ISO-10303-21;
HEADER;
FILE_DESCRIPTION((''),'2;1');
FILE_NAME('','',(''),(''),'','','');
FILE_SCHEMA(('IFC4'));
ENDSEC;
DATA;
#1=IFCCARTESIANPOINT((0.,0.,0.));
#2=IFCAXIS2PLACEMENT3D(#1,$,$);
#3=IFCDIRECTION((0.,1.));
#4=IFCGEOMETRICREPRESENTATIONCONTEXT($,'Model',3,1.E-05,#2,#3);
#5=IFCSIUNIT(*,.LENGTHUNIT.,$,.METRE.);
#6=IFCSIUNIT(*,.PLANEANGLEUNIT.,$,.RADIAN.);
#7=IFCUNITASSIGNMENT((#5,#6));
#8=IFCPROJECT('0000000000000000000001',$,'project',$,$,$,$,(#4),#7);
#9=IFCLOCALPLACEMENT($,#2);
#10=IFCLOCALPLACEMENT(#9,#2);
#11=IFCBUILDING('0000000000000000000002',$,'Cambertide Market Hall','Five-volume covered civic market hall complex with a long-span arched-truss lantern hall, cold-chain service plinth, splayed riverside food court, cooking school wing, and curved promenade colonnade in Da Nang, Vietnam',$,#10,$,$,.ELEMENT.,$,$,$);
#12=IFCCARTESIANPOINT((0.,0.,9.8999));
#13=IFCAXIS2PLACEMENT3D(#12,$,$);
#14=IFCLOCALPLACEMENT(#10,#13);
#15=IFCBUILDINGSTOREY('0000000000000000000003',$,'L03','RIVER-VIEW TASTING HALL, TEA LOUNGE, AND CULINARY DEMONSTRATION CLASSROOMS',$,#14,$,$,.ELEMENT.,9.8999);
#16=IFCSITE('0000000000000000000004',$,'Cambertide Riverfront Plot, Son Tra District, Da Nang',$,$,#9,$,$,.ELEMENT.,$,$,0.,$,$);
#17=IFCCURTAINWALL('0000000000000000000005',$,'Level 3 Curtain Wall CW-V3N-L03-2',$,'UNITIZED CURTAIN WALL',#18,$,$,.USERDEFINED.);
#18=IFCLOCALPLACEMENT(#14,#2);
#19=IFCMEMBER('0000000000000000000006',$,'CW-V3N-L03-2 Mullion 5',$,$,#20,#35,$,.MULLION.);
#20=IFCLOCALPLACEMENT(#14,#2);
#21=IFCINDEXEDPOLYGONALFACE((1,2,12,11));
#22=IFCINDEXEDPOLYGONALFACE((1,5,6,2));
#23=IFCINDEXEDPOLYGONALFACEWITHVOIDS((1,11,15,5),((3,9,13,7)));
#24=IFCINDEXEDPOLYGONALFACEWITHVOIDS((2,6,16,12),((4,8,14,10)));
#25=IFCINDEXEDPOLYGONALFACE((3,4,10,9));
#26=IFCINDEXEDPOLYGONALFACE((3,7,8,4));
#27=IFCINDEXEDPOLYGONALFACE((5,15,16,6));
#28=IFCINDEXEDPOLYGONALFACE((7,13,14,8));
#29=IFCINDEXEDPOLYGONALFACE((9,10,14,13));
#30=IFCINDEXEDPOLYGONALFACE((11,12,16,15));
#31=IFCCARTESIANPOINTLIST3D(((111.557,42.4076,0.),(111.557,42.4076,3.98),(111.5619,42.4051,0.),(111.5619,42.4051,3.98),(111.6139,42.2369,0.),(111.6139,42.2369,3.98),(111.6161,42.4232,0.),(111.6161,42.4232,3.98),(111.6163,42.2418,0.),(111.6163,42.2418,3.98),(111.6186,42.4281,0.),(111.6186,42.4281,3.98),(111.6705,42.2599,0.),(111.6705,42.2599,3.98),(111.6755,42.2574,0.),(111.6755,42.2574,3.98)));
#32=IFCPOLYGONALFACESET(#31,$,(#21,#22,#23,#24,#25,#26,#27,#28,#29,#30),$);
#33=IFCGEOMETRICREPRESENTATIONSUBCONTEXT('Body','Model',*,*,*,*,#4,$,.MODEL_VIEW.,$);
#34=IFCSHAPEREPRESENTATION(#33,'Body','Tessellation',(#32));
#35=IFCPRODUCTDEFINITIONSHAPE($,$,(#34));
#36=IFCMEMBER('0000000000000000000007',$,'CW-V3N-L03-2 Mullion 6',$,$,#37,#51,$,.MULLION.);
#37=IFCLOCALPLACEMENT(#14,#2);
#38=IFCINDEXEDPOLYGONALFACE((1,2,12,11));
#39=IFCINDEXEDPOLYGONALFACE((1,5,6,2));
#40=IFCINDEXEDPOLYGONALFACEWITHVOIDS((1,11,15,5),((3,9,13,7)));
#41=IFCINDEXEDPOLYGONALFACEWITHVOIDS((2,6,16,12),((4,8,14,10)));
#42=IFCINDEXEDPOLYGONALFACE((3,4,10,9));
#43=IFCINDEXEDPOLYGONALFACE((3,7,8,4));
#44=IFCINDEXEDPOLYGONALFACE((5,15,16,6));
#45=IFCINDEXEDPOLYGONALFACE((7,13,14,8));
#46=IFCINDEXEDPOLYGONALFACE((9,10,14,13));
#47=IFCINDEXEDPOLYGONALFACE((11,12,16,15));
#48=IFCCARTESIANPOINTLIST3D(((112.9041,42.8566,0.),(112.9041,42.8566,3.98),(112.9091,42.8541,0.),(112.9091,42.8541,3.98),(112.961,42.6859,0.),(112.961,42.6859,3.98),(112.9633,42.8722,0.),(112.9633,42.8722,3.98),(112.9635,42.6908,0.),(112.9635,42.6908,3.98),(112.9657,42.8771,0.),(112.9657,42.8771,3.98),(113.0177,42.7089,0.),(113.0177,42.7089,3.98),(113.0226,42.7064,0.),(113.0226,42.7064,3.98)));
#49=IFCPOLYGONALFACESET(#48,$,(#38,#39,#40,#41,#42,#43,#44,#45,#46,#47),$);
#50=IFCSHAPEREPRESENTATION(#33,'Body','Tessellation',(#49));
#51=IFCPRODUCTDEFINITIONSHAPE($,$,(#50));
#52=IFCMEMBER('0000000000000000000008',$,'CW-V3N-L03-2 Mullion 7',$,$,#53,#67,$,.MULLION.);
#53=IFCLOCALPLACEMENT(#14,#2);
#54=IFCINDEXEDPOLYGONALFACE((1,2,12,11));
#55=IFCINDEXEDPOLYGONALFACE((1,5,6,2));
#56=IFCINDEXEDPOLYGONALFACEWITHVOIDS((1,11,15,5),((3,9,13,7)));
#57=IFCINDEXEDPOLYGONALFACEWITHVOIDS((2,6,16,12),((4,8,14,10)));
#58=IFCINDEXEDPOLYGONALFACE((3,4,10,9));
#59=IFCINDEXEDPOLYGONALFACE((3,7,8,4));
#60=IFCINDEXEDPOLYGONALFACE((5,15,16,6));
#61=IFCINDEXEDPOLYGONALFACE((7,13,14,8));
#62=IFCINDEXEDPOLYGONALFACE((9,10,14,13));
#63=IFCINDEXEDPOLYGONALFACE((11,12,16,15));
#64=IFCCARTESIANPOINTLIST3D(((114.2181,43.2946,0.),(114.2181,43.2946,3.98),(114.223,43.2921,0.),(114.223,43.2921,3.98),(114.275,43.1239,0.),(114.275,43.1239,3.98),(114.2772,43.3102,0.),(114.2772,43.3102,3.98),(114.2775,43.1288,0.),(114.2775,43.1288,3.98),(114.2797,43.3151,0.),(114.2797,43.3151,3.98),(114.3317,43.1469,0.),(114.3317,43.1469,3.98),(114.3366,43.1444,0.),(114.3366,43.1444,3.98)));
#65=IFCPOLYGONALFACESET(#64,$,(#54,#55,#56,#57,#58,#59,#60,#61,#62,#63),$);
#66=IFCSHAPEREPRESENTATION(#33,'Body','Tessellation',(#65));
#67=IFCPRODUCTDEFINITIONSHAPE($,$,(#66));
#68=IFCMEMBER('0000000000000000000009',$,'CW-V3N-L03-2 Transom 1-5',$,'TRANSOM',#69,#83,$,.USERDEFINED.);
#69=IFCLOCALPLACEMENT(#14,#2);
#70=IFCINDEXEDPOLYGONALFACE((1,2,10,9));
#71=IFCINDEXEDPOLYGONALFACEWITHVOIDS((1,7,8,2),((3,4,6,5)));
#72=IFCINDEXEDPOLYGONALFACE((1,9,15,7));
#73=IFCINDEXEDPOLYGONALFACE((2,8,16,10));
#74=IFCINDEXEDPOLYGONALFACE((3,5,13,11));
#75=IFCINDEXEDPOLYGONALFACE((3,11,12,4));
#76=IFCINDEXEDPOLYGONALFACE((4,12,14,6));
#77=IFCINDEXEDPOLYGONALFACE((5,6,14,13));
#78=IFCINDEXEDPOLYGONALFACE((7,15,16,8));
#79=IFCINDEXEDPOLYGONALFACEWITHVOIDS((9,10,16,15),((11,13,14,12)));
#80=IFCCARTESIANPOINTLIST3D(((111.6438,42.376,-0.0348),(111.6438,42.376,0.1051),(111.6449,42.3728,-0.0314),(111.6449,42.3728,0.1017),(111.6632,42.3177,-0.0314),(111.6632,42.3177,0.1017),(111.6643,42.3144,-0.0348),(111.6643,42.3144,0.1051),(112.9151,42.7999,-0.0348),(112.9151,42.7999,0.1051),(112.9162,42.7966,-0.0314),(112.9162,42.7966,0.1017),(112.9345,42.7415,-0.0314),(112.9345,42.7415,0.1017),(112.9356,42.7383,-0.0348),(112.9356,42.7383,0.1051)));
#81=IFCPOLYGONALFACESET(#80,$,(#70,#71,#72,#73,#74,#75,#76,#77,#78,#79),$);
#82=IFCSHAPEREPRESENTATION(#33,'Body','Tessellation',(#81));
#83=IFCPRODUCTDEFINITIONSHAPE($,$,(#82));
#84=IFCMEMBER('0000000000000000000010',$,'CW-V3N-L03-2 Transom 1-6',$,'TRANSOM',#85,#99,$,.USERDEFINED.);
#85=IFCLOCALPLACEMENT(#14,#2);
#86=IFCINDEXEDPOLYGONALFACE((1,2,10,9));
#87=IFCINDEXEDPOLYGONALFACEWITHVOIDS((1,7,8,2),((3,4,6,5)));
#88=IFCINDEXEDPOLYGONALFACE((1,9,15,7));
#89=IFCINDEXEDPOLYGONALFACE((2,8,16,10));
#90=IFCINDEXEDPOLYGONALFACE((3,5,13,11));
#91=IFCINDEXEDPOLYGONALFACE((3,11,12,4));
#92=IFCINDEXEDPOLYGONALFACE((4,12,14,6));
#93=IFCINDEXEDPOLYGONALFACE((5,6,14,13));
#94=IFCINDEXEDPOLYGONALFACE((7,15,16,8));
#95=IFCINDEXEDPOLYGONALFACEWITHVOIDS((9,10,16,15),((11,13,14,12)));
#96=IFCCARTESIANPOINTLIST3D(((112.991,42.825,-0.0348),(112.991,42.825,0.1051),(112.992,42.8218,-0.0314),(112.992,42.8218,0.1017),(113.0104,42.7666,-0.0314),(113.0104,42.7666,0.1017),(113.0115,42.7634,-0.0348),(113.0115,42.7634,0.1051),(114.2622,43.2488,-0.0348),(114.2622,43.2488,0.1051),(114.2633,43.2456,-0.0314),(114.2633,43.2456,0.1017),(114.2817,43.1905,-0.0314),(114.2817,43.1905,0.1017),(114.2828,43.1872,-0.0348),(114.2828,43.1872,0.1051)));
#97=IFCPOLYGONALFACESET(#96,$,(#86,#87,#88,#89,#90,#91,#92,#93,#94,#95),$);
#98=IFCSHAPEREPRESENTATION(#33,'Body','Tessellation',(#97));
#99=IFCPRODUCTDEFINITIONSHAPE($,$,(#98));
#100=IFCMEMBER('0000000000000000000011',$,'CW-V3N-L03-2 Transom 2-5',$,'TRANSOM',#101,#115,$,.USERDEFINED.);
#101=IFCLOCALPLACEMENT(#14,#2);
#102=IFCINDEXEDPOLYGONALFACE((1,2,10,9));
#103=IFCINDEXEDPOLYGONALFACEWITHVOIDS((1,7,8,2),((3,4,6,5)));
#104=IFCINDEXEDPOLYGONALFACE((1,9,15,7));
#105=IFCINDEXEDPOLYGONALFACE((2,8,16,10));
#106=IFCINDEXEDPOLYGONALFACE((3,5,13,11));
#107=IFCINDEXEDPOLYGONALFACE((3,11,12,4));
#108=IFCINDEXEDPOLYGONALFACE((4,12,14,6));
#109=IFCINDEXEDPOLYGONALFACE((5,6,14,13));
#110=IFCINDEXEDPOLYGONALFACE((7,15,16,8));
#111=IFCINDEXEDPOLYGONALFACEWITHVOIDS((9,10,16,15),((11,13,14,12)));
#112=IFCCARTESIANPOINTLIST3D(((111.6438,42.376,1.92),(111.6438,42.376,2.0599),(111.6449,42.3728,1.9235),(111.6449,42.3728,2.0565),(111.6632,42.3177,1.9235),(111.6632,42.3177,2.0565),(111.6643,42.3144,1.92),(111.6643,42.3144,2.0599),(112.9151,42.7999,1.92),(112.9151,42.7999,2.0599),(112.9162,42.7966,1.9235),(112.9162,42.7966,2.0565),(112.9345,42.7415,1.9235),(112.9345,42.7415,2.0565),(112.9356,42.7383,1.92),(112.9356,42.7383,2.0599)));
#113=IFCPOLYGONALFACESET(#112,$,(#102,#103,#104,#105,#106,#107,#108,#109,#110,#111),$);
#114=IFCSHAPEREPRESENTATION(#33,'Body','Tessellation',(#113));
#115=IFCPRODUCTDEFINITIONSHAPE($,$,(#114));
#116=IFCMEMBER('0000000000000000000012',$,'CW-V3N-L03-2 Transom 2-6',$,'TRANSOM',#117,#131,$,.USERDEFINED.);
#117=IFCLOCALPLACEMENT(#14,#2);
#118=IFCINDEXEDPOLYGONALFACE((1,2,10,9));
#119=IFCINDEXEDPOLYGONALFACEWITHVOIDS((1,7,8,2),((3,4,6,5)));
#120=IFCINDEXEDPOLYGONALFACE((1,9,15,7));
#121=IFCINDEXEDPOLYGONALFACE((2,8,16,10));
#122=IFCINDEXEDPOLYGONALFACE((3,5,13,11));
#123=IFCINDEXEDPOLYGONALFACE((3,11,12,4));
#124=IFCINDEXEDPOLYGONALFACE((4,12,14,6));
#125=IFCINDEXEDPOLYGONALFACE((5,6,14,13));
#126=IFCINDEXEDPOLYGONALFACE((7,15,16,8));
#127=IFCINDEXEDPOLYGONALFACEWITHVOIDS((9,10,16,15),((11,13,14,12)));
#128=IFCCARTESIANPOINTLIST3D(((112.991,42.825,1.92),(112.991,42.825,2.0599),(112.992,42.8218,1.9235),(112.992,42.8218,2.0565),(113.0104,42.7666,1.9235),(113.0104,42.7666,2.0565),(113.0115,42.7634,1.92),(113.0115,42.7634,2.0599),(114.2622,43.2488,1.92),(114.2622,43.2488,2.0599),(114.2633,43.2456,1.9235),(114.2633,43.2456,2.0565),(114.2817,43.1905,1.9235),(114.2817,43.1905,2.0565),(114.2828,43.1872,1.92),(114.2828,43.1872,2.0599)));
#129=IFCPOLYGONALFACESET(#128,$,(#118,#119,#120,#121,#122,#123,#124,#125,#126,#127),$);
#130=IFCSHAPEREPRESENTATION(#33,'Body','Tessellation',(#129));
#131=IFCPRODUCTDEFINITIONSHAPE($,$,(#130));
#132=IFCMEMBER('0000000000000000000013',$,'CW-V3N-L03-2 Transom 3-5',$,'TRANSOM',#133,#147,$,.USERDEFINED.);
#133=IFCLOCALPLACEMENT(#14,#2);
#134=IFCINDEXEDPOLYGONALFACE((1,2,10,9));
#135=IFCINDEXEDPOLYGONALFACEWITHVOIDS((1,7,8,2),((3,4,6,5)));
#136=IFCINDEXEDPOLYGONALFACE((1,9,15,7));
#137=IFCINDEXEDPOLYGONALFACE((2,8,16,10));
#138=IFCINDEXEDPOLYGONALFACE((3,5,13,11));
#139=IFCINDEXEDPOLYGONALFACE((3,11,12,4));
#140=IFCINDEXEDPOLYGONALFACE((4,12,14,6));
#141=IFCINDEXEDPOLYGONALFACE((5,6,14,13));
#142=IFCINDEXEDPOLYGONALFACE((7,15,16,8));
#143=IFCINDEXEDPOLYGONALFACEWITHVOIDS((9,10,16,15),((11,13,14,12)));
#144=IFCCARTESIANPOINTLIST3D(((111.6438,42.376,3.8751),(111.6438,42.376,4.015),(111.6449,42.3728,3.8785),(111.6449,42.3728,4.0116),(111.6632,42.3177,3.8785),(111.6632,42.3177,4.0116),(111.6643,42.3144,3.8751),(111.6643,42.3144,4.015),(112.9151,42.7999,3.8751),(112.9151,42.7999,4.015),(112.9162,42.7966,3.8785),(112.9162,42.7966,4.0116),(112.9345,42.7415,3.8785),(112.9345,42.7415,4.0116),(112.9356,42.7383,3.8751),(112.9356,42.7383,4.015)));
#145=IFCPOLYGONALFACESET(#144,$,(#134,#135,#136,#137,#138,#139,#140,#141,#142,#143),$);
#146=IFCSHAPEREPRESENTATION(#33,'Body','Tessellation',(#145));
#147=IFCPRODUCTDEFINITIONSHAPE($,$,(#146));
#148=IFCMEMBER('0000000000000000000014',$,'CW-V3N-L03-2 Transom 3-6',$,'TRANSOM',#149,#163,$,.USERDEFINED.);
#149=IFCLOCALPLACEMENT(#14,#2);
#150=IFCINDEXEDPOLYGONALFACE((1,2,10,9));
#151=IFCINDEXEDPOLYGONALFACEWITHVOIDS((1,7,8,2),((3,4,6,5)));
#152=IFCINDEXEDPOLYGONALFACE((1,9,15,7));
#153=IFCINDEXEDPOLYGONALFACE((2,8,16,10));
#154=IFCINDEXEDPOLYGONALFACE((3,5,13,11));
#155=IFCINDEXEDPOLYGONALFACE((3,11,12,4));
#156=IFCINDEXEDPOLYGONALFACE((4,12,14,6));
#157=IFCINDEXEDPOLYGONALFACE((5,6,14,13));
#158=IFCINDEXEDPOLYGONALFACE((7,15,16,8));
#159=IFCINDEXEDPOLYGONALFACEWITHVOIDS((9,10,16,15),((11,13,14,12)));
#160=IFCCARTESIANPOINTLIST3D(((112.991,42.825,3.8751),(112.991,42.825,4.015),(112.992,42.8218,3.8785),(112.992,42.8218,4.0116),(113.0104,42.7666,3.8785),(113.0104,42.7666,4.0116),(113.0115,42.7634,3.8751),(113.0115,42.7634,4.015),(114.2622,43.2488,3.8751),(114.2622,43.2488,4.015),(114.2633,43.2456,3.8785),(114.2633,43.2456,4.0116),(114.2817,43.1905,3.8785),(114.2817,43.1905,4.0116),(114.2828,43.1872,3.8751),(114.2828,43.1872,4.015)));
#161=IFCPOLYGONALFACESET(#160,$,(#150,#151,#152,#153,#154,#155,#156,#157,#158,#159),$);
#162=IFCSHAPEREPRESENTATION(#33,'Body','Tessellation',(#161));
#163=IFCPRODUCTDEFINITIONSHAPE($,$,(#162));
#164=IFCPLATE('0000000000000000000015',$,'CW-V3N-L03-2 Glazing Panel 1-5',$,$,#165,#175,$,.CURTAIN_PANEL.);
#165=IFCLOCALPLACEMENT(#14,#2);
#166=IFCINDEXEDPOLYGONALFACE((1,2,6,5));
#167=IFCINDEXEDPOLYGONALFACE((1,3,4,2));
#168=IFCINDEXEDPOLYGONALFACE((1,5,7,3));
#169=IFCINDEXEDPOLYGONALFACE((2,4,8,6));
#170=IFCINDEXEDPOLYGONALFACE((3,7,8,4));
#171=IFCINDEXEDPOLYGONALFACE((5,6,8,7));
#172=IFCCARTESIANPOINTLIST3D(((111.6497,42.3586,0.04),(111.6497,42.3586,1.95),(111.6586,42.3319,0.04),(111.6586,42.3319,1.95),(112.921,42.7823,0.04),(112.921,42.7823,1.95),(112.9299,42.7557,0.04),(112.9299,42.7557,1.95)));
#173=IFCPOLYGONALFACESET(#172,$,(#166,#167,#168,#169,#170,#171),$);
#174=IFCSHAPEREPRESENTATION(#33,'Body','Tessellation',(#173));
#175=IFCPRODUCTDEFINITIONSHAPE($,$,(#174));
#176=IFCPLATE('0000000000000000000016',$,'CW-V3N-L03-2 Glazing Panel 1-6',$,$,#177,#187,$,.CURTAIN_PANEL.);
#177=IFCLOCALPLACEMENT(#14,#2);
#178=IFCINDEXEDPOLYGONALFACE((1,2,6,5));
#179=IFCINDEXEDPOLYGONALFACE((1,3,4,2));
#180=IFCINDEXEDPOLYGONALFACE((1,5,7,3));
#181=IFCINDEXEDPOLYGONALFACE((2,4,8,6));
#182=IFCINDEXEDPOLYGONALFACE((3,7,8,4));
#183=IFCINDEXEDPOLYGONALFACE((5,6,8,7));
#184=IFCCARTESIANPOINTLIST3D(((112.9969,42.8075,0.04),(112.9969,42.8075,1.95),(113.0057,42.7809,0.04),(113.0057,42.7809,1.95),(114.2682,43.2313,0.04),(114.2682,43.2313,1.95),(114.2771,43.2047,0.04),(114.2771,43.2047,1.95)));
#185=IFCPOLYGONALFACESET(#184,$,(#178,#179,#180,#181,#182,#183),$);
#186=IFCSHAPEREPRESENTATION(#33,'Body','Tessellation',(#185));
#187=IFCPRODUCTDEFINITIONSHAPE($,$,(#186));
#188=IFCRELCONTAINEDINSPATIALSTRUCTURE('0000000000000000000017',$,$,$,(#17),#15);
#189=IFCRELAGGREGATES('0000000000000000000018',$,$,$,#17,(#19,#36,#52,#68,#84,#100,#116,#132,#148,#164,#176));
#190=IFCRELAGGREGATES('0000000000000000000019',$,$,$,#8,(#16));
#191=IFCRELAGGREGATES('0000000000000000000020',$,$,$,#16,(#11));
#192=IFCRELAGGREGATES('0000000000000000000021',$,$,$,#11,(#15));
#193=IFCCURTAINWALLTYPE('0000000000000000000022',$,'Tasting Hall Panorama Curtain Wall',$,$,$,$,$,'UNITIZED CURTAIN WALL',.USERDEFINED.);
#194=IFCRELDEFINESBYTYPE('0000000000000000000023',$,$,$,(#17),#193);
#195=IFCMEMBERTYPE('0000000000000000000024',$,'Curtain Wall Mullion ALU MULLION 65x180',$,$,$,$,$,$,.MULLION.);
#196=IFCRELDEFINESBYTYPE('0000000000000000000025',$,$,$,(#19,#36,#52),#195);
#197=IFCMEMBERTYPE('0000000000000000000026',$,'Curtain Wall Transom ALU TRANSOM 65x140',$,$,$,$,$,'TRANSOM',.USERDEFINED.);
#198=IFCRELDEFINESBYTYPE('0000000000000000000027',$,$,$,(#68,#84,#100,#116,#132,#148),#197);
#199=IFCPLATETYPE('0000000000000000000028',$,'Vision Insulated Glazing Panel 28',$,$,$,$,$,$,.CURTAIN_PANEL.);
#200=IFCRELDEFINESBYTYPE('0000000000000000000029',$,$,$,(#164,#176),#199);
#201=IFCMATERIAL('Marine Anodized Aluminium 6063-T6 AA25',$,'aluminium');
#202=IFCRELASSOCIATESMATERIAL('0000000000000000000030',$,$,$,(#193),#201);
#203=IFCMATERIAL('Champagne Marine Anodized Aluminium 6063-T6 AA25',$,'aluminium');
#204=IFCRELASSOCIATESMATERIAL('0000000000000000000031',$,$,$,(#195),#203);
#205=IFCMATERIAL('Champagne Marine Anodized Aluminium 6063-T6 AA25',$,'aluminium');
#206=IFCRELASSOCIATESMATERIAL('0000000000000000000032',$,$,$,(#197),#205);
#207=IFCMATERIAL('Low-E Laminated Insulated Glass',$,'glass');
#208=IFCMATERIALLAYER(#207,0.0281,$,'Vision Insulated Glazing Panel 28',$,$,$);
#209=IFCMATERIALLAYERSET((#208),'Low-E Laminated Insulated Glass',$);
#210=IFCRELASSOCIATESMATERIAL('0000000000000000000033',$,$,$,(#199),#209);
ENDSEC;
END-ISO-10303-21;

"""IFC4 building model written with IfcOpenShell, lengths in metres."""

from ifc_helpers import new_model, si_unit, direction, frame, origin, origin_2d, place, context, subcontext, project, spatial, rectangle, hollow_rectangle, extrude, material, layer, layer_set, material_profile, profile_set, type_object, element, aggregate, save


model = new_model("IFC4")

# Units and contexts
model_context = context("Model", 3, precision=1e-05, world=origin(), true_north=direction((0.0, 1.0)))
body_context = subcontext(model_context, "Body", "Model", "MODEL_VIEW")
ifc_project = project(units=[si_unit("LENGTHUNIT", "METRE"), si_unit("PLANEANGLEUNIT", "RADIAN")], contexts=[model_context])

# Site, building, storey
site_placement = place(None, origin())
site = spatial("IfcSite", under=ifc_project, at=site_placement, Name="Cambertide Riverfront Plot, Son Tra District, Da Nang", CompositionType="ELEMENT", RefElevation=0.0)
building_placement = place(site_placement, origin())
building = spatial("IfcBuilding", under=site, at=building_placement, Name="Cambertide Market Hall", Description="Five-volume covered civic market hall complex with a long-span arched-truss lantern hall, cold-chain service plinth, splayed riverside food court, cooking school wing, and curved promenade colonnade in Da Nang, Vietnam", CompositionType="ELEMENT")
storey_placement = place(building_placement, frame((0.0, 0.0, 9.8999)))
storey = spatial("IfcBuildingStorey", under=building, at=storey_placement, Name="L03", Description="RIVER-VIEW TASTING HALL, TEA LOUNGE, AND CULINARY DEMONSTRATION CLASSROOMS", CompositionType="ELEMENT", Elevation=9.8999)

# Curtain wall, members, plates
ifc_material_1 = material(Name="Marine Anodized Aluminium 6063-T6 AA25", Category="aluminium")
curtain_wall_type = type_object("IfcCurtainWallType", Name="Tasting Hall Panorama Curtain Wall", ElementType="UNITIZED CURTAIN WALL", PredefinedType="USERDEFINED", material=ifc_material_1)
curtain_wall_placement = place(storey_placement, origin())
curtain_wall = element("IfcCurtainWall", 1, at=curtain_wall_placement, inside=storey, type_object=curtain_wall_type, Name="Level 3 Curtain Wall CW-V3N-L03-2", ObjectType="UNITIZED CURTAIN WALL", PredefinedType="USERDEFINED")
ifc_material_2 = material(Name="Champagne Marine Anodized Aluminium 6063-T6 AA25", Category="aluminium")
ifc_material_profile_1 = material_profile(ifc_material_2, hollow_rectangle(XDim=0.0649, YDim=0.1799, WallThickness=0.0039, at=origin_2d()), Name="ALU MULLION 65x180")
ifc_profile_set_1 = profile_set([ifc_material_profile_1], Name="Champagne Marine Anodized Aluminium 6063-T6 AA25")
member_type_1 = type_object("IfcMemberType", Name="Curtain Wall Mullion ALU MULLION 65x180", PredefinedType="MULLION", material=ifc_profile_set_1)
member_1_placement = place(storey_placement, frame((111.6162, 42.3325, 0.0), z_axis=(0.0, 0.0, 1.0), x_axis=(0.948683, 0.316228, 0.0)))
member_1 = element("IfcMember", 2, at=member_1_placement, type_object=member_type_1, Name="CW-V3N-L03-2 Mullion 5", PredefinedType="MULLION", context=body_context, shape_type="SweptSolid", body=[
    extrude(hollow_rectangle(XDim=0.0649, YDim=0.1799, WallThickness=0.0039, at=origin_2d()), origin(), (0.0, 0.0, 1.0), 3.98),
])
member_2_placement = place(storey_placement, frame((112.9634, 42.7815, 0.0), z_axis=(0.0, 0.0, 1.0), x_axis=(0.948683, 0.316228, 0.0)))
member_2 = element("IfcMember", 3, at=member_2_placement, type_object=member_type_1, Name="CW-V3N-L03-2 Mullion 6", PredefinedType="MULLION", context=body_context, shape_type="SweptSolid", body=[
    extrude(hollow_rectangle(XDim=0.0649, YDim=0.1799, WallThickness=0.0039, at=origin_2d()), origin(), (0.0, 0.0, 1.0), 3.98),
])
member_3_placement = place(storey_placement, frame((114.2773, 43.2195, 0.0), z_axis=(0.0, 0.0, 1.0), x_axis=(0.948683, 0.316228, 0.0)))
member_3 = element("IfcMember", 4, at=member_3_placement, type_object=member_type_1, Name="CW-V3N-L03-2 Mullion 7", PredefinedType="MULLION", context=body_context, shape_type="SweptSolid", body=[
    extrude(hollow_rectangle(XDim=0.0649, YDim=0.1799, WallThickness=0.0039, at=origin_2d()), origin(), (0.0, 0.0, 1.0), 3.98),
])
ifc_material_3 = material(Name="Champagne Marine Anodized Aluminium 6063-T6 AA25", Category="aluminium")
ifc_material_profile_2 = material_profile(ifc_material_3, hollow_rectangle(XDim=0.0649, YDim=0.1399, WallThickness=0.0034, at=origin_2d()), Name="ALU TRANSOM 65x140")
ifc_profile_set_2 = profile_set([ifc_material_profile_2], Name="Champagne Marine Anodized Aluminium 6063-T6 AA25")
member_type_2 = type_object("IfcMemberType", Name="Curtain Wall Transom ALU TRANSOM 65x140", ElementType="TRANSOM", PredefinedType="USERDEFINED", material=ifc_profile_set_2)
member_4_placement = place(storey_placement, frame((111.6541, 42.3452, 0.0352), z_axis=(0.948665, 0.316282, 0.0), x_axis=(-0.316282, 0.948665, 0.0)))
member_4 = element("IfcMember", 5, at=member_4_placement, type_object=member_type_2, Name="CW-V3N-L03-2 Transom 1-5", ObjectType="TRANSOM", PredefinedType="USERDEFINED", context=body_context, shape_type="SweptSolid", body=[
    extrude(hollow_rectangle(XDim=0.0649, YDim=0.1399, WallThickness=0.0034, at=origin_2d()), origin(), (0.0, 0.0, 1.0), 1.3401),
])
member_5_placement = place(storey_placement, frame((113.0012, 42.7942, 0.0352), z_axis=(0.948665, 0.316282, 0.0), x_axis=(-0.316282, 0.948665, 0.0)))
member_5 = element("IfcMember", 6, at=member_5_placement, type_object=member_type_2, Name="CW-V3N-L03-2 Transom 1-6", ObjectType="TRANSOM", PredefinedType="USERDEFINED", context=body_context, shape_type="SweptSolid", body=[
    extrude(hollow_rectangle(XDim=0.0649, YDim=0.1399, WallThickness=0.0034, at=origin_2d()), origin(), (0.0, 0.0, 1.0), 1.3401),
])
member_6_placement = place(storey_placement, frame((111.6541, 42.3452, 1.99), z_axis=(0.948665, 0.316282, 0.0), x_axis=(-0.316282, 0.948665, 0.0)))
member_6 = element("IfcMember", 7, at=member_6_placement, type_object=member_type_2, Name="CW-V3N-L03-2 Transom 2-5", ObjectType="TRANSOM", PredefinedType="USERDEFINED", context=body_context, shape_type="SweptSolid", body=[
    extrude(hollow_rectangle(XDim=0.0649, YDim=0.1399, WallThickness=0.0034, at=origin_2d()), origin(), (0.0, 0.0, 1.0), 1.3401),
])
member_7_placement = place(storey_placement, frame((113.0012, 42.7942, 1.99), z_axis=(0.948665, 0.316282, 0.0), x_axis=(-0.316282, 0.948665, 0.0)))
member_7 = element("IfcMember", 8, at=member_7_placement, type_object=member_type_2, Name="CW-V3N-L03-2 Transom 2-6", ObjectType="TRANSOM", PredefinedType="USERDEFINED", context=body_context, shape_type="SweptSolid", body=[
    extrude(hollow_rectangle(XDim=0.0649, YDim=0.1399, WallThickness=0.0034, at=origin_2d()), origin(), (0.0, 0.0, 1.0), 1.3401),
])
member_8_placement = place(storey_placement, frame((111.6541, 42.3452, 3.9451), z_axis=(0.948665, 0.316282, 0.0), x_axis=(-0.316282, 0.948665, 0.0)))
member_8 = element("IfcMember", 9, at=member_8_placement, type_object=member_type_2, Name="CW-V3N-L03-2 Transom 3-5", ObjectType="TRANSOM", PredefinedType="USERDEFINED", context=body_context, shape_type="SweptSolid", body=[
    extrude(hollow_rectangle(XDim=0.0649, YDim=0.1399, WallThickness=0.0034, at=origin_2d()), origin(), (0.0, 0.0, 1.0), 1.3401),
])
member_9_placement = place(storey_placement, frame((113.0012, 42.7942, 3.9451), z_axis=(0.948665, 0.316282, 0.0), x_axis=(-0.316282, 0.948665, 0.0)))
member_9 = element("IfcMember", 10, at=member_9_placement, type_object=member_type_2, Name="CW-V3N-L03-2 Transom 3-6", ObjectType="TRANSOM", PredefinedType="USERDEFINED", context=body_context, shape_type="SweptSolid", body=[
    extrude(hollow_rectangle(XDim=0.0649, YDim=0.1399, WallThickness=0.0034, at=origin_2d()), origin(), (0.0, 0.0, 1.0), 1.3401),
])
ifc_material_4 = material(Name="Low-E Laminated Insulated Glass", Category="glass")
ifc_layer_1 = layer(ifc_material_4, 0.0281, Name="Vision Insulated Glazing Panel 28")
ifc_layer_set_1 = layer_set([ifc_layer_1], Name="Low-E Laminated Insulated Glass")
plate_type = type_object("IfcPlateType", Name="Vision Insulated Glazing Panel 28", PredefinedType="CURTAIN_PANEL", material=ifc_layer_set_1)
plate_1_placement = place(storey_placement, frame((112.2898, 42.5571, 0.04), z_axis=(0.0, 0.0, 1.0), x_axis=(0.948683, 0.316228, 0.0)))
plate_1 = element("IfcPlate", 11, at=plate_1_placement, type_object=plate_type, Name="CW-V3N-L03-2 Glazing Panel 1-5", PredefinedType="CURTAIN_PANEL", context=body_context, shape_type="SweptSolid", body=[
    extrude(rectangle(XDim=1.3401, YDim=0.0281, at=origin_2d()), origin(), (0.0, 0.0, 1.0), 1.9099),
])
plate_2_placement = place(storey_placement, frame((113.637, 43.0061, 0.04), z_axis=(0.0, 0.0, 1.0), x_axis=(0.948683, 0.316228, 0.0)))
plate_2 = element("IfcPlate", 12, at=plate_2_placement, type_object=plate_type, Name="CW-V3N-L03-2 Glazing Panel 1-6", PredefinedType="CURTAIN_PANEL", context=body_context, shape_type="SweptSolid", body=[
    extrude(rectangle(XDim=1.3401, YDim=0.0281, at=origin_2d()), origin(), (0.0, 0.0, 1.0), 1.9099),
])
aggregate(curtain_wall, [member_1, member_2, member_3, member_4, member_5, member_6, member_7, member_8, member_9, plate_1, plate_2])

save(model, "model.ifc")
